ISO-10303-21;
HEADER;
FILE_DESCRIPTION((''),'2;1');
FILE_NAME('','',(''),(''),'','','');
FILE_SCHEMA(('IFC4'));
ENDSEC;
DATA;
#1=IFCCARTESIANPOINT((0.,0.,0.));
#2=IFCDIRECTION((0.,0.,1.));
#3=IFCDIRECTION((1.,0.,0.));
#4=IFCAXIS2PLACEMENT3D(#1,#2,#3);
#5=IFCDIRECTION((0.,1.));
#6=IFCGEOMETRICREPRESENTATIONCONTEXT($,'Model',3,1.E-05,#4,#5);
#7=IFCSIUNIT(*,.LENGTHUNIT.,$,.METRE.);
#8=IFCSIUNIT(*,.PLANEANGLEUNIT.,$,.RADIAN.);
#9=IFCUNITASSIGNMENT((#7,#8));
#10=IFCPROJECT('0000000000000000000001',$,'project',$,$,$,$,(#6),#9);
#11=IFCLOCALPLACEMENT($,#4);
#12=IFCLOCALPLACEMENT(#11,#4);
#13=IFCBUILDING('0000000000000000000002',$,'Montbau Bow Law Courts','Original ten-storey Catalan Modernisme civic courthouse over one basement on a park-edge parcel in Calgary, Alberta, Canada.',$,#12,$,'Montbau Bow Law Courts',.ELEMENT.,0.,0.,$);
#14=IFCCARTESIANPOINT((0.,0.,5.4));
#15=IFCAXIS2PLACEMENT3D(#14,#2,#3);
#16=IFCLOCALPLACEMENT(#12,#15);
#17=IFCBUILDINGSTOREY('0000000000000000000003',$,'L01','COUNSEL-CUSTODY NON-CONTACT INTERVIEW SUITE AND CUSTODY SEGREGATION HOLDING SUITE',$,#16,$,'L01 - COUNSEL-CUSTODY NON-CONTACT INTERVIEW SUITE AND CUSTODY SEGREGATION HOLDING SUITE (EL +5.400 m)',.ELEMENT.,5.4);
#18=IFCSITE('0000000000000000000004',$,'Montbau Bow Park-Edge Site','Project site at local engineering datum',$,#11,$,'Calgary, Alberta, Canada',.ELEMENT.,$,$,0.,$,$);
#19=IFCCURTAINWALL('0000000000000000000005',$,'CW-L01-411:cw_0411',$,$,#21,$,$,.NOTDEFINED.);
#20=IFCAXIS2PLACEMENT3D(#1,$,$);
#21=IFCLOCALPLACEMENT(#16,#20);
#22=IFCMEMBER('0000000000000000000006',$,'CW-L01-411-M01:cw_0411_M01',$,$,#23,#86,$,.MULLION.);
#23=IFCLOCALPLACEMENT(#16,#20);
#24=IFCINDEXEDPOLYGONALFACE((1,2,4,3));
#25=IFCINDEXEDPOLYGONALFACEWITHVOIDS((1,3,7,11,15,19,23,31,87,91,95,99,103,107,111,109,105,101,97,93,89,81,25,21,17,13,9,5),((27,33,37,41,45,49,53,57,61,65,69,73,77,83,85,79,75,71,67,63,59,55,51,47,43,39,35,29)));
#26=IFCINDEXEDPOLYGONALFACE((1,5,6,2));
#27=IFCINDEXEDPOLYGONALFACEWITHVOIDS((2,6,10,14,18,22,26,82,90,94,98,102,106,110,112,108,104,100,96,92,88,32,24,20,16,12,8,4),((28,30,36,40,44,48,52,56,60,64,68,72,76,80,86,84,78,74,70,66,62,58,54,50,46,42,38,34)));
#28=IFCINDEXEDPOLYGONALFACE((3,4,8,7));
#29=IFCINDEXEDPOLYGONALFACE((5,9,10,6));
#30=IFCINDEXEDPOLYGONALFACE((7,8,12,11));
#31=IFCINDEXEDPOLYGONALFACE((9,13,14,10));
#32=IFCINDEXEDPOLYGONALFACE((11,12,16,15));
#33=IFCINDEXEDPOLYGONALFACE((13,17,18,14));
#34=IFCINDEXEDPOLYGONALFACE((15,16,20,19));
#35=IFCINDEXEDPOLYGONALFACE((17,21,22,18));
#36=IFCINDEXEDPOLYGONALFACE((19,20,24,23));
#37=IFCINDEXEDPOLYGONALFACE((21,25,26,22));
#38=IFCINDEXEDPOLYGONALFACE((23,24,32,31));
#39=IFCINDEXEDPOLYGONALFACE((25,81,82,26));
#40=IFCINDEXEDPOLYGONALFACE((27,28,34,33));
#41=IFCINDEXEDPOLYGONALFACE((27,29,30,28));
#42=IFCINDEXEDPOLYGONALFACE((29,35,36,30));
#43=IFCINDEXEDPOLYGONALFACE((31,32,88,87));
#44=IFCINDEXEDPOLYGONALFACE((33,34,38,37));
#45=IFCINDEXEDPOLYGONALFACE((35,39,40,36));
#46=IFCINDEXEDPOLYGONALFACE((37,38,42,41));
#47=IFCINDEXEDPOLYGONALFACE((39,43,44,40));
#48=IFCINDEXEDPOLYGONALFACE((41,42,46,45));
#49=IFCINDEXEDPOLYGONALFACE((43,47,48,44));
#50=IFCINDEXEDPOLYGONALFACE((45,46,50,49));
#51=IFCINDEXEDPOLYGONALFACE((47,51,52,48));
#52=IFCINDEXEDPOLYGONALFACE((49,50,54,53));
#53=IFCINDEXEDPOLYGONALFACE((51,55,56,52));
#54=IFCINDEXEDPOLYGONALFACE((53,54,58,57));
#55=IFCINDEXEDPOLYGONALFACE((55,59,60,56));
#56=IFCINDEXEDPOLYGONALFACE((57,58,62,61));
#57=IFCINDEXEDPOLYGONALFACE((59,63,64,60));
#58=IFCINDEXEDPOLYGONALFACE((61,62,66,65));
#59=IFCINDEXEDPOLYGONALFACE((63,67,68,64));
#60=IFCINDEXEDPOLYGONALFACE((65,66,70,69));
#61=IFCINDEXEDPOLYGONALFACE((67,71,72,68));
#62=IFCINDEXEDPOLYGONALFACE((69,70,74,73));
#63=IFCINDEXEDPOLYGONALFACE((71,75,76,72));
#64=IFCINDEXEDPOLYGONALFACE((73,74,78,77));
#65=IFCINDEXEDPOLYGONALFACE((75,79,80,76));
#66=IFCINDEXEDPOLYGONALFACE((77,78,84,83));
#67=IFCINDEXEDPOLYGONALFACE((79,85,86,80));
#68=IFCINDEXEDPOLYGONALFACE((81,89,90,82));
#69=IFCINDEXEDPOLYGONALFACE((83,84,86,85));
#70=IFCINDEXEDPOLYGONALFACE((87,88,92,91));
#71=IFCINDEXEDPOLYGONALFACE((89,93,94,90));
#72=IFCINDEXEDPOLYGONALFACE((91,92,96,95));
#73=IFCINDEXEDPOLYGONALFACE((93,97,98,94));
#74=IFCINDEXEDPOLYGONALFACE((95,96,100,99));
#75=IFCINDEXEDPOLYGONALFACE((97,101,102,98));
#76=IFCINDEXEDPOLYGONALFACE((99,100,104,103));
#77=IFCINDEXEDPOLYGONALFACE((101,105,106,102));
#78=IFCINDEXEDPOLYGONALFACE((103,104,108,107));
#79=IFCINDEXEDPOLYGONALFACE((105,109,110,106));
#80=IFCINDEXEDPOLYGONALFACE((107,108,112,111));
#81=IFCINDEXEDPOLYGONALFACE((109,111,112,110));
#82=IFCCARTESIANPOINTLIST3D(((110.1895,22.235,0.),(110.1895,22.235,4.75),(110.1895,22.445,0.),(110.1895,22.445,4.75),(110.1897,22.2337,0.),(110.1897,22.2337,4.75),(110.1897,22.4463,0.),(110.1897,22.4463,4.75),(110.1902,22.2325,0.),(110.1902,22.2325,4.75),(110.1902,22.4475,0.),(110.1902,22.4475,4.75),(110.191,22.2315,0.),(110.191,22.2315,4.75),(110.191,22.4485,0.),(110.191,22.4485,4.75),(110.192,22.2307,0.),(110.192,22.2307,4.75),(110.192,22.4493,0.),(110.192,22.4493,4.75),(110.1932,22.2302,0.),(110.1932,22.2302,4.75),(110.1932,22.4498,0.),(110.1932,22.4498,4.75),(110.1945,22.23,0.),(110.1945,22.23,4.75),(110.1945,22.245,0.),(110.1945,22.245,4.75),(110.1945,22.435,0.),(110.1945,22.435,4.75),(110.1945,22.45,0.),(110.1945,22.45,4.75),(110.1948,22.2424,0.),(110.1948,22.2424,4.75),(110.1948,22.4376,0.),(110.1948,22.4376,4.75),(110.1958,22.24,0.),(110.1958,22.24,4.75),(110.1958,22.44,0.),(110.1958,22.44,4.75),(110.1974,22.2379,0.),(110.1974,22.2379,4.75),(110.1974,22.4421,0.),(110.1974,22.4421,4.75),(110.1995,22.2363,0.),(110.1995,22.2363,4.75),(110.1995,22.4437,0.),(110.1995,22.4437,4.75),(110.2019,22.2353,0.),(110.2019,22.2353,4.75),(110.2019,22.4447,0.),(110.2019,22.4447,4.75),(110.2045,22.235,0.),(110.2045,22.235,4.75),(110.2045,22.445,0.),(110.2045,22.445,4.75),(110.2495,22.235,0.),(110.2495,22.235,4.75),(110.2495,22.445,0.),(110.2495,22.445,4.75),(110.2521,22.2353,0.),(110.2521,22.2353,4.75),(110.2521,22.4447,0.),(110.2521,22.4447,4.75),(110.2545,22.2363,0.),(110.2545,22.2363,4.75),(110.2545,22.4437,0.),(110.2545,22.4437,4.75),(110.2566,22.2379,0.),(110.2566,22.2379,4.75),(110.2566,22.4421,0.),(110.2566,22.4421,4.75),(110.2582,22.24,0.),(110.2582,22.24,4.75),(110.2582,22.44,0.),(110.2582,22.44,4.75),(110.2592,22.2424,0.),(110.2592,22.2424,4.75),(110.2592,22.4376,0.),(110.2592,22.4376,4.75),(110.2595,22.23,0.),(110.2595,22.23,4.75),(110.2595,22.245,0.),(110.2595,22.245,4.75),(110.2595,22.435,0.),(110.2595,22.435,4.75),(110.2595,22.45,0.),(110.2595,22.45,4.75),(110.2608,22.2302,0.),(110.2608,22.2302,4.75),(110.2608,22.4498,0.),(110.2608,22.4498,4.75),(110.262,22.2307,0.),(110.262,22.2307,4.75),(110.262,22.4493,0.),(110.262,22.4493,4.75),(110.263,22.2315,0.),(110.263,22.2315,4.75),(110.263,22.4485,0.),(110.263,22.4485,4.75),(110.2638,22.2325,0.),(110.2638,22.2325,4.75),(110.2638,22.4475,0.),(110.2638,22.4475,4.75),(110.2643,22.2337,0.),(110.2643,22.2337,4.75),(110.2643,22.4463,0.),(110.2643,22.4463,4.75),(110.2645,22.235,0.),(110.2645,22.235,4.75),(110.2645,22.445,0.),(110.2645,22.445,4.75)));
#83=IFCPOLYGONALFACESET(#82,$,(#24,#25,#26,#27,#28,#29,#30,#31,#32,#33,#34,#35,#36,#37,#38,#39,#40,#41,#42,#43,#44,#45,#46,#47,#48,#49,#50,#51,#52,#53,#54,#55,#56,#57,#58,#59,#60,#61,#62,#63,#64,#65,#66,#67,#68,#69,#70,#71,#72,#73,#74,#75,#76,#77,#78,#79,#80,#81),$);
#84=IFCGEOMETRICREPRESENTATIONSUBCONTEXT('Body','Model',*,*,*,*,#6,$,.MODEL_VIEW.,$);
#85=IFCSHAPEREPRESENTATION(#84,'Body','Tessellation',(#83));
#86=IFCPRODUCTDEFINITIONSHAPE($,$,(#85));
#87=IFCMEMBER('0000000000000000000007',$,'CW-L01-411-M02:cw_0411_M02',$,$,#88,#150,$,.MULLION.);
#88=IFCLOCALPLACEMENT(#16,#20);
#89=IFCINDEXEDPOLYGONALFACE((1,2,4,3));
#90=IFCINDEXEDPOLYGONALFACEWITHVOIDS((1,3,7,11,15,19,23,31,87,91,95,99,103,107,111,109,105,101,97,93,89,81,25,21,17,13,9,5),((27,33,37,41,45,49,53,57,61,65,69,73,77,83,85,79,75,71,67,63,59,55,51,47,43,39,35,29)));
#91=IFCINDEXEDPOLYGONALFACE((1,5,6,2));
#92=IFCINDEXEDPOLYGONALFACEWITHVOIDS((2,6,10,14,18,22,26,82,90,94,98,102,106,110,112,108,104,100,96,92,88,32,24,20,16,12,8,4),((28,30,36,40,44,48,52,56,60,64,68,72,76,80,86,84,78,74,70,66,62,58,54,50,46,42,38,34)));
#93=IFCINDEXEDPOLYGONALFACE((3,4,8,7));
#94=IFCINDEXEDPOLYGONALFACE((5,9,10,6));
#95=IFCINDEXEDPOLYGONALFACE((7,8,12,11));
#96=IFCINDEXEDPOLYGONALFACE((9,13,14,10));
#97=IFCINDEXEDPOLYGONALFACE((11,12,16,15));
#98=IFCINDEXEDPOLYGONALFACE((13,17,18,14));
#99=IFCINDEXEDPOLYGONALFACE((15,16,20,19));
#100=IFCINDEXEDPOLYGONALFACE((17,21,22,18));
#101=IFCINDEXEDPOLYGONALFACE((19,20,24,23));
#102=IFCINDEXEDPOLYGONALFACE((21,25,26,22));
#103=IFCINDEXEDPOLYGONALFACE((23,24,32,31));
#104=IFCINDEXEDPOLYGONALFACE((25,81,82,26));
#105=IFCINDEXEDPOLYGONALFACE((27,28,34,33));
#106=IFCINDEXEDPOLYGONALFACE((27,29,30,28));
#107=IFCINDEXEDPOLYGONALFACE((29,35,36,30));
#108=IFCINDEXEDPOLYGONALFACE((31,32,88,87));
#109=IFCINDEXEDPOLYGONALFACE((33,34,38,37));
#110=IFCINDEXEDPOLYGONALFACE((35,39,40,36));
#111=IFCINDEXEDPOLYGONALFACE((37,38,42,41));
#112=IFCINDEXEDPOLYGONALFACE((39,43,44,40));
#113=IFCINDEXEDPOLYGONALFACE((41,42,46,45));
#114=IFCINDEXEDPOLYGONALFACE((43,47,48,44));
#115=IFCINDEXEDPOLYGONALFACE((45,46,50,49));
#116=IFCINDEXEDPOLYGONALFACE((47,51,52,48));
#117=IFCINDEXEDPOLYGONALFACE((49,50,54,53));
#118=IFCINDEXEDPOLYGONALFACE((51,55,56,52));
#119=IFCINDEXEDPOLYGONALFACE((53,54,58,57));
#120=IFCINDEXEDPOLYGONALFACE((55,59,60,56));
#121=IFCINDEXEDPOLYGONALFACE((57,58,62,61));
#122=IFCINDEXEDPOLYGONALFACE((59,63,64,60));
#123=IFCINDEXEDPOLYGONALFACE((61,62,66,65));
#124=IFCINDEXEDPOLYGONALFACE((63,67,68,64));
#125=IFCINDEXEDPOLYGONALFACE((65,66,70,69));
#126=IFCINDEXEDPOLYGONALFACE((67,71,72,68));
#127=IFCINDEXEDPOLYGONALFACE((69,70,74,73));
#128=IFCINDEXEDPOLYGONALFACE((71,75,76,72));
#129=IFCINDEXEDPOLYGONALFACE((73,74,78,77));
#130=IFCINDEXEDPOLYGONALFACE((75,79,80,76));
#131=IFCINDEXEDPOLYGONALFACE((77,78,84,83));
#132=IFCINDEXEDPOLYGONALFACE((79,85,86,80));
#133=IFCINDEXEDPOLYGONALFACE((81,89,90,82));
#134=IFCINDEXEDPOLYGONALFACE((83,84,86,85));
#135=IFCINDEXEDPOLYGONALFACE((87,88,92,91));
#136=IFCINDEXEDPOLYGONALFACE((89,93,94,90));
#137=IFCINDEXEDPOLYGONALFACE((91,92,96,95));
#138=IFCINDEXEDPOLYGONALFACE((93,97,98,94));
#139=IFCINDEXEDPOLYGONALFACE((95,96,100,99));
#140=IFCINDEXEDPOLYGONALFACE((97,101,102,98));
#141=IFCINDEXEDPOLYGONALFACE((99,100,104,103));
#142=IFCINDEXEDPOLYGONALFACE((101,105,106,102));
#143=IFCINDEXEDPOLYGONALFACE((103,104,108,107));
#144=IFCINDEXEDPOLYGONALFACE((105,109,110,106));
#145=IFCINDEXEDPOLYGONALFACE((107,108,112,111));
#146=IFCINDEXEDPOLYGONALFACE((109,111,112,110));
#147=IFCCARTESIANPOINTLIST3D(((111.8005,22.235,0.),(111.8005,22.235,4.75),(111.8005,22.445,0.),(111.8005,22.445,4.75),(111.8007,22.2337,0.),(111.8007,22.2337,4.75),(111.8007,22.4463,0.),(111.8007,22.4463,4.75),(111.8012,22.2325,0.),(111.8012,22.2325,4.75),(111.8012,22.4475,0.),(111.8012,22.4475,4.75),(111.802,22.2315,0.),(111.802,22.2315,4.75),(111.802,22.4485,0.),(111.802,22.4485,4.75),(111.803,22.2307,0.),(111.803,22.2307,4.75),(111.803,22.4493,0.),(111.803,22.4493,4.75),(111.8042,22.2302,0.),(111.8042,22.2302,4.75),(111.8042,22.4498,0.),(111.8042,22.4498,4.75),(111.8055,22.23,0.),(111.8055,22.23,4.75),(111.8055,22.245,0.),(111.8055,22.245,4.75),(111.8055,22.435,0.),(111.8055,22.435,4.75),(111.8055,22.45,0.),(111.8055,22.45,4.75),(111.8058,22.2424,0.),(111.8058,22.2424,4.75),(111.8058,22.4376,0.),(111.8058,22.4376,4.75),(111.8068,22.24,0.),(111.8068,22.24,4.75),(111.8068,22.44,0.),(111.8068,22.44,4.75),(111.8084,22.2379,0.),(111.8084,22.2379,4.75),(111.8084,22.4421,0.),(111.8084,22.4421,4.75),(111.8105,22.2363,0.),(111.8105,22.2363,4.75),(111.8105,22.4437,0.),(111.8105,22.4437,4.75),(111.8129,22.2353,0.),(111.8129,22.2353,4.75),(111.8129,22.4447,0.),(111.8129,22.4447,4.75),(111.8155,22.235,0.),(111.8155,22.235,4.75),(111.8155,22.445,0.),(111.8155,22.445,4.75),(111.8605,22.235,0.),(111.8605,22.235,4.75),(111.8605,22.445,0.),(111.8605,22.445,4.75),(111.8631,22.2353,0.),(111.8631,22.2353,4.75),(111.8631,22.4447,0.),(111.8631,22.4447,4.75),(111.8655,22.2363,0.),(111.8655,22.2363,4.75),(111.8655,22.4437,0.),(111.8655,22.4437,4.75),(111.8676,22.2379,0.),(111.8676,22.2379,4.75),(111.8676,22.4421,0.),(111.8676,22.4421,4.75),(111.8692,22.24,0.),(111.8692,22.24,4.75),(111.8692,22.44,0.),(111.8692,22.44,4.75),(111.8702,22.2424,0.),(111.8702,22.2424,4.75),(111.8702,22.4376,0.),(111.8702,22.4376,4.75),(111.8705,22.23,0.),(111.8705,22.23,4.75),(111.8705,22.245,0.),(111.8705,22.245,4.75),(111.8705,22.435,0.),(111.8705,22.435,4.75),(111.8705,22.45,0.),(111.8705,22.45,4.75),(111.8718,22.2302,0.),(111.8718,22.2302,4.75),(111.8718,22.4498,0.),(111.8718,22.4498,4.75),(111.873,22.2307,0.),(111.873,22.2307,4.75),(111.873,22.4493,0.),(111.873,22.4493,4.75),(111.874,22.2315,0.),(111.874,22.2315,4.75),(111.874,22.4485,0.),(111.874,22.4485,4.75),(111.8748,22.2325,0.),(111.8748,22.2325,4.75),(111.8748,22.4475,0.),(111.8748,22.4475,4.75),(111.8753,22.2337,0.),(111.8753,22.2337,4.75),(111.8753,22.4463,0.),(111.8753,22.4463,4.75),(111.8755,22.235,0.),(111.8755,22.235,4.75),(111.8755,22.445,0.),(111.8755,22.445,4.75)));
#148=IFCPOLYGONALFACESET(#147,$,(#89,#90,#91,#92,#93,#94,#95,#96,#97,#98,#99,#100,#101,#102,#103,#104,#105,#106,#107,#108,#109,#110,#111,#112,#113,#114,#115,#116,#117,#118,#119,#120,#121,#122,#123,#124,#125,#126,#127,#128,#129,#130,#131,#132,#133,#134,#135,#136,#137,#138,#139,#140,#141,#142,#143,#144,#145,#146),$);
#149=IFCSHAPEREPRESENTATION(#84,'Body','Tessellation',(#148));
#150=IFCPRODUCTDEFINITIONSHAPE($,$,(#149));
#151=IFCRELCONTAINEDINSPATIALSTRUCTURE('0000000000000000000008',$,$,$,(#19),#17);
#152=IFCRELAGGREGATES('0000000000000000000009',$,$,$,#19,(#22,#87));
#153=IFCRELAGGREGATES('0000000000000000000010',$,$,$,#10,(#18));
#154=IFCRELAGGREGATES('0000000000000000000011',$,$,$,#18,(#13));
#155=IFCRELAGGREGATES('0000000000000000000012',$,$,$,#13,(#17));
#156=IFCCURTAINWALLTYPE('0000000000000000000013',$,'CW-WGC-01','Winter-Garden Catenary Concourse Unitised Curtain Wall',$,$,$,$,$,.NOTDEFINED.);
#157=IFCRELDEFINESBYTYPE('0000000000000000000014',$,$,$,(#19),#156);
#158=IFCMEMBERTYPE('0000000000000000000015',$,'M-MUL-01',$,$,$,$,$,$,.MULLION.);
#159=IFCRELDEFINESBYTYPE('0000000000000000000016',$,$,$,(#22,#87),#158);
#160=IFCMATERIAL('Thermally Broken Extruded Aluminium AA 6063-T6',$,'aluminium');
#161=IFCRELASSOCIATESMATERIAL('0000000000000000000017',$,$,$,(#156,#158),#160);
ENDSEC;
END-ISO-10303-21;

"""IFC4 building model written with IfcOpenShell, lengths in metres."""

from ifc_helpers import new_model, si_unit, direction, frame, origin_with_axes, origin_2d_with_axis, place, context, subcontext, project, spatial, hollow_rectangle, extrude, material, material_profile, profile_set, type_object, element, aggregate, save


model = new_model("IFC4")

# Units and contexts
model_context = context("Model", 3, precision=1e-05, world=origin_with_axes(), true_north=direction((0.0, 1.0)))
body_context = subcontext(model_context, "Body", "Model", "MODEL_VIEW")
ifc_project = project(units=[si_unit("LENGTHUNIT", "METRE"), si_unit("PLANEANGLEUNIT", "RADIAN")], contexts=[model_context])

# Site, building, storey
site_placement = place(None, origin_with_axes())
site = spatial("IfcSite", under=ifc_project, at=site_placement, Name="Montbau Bow Park-Edge Site", Description="Project site at local engineering datum", LongName="Calgary, Alberta, Canada", CompositionType="ELEMENT", RefElevation=0.0)
building_placement = place(site_placement, origin_with_axes())
building = spatial("IfcBuilding", under=site, at=building_placement, Name="Montbau Bow Law Courts", Description="Original ten-storey Catalan Modernisme civic courthouse over one basement on a park-edge parcel in Calgary, Alberta, Canada.", LongName="Montbau Bow Law Courts", CompositionType="ELEMENT", ElevationOfRefHeight=0.0, ElevationOfTerrain=0.0)
storey_placement = place(building_placement, frame((0.0, 0.0, 5.4), z_axis=(0.0, 0.0, 1.0), x_axis=(1.0, 0.0, 0.0)))
storey = spatial("IfcBuildingStorey", under=building, at=storey_placement, Name="L01", Description="COUNSEL-CUSTODY NON-CONTACT INTERVIEW SUITE AND CUSTODY SEGREGATION HOLDING SUITE", LongName="L01 - COUNSEL-CUSTODY NON-CONTACT INTERVIEW SUITE AND CUSTODY SEGREGATION HOLDING SUITE (EL +5.400 m)", CompositionType="ELEMENT", Elevation=5.4)

# Curtain wall, members
ifc_material_1 = material(Name="Thermally Broken Extruded Aluminium AA 6063-T6", Category="aluminium")
curtain_wall_type_1 = type_object("IfcCurtainWallType", Name="CW-WGC-01", Description="Winter-Garden Catenary Concourse Unitised Curtain Wall", PredefinedType="NOTDEFINED", material=ifc_material_1)
curtain_wall_1_placement = place(None, frame((110.19, 22.34, 5.4), z_axis=(0.0, 0.0, 1.0), x_axis=(1.0, 0.0, 0.0)))
curtain_wall_1 = element("IfcCurtainWall", 1, at=curtain_wall_1_placement, inside=storey, type_object=curtain_wall_type_1, Name="CW-L01-411:cw_0411", PredefinedType="NOTDEFINED")
ifc_material_profile_1 = material_profile(ifc_material_1, hollow_rectangle(XDim=0.075, YDim=0.22, WallThickness=0.005, InnerFilletRadius=0.01, OuterFilletRadius=0.005, at=origin_2d_with_axis()), Name="CWM-220X75", Category="Main", Priority=0)
ifc_profile_set_1 = profile_set([ifc_material_profile_1], Name="Thermally Broken Extruded Aluminium AA 6063-T6")
member_type_1 = type_object("IfcMemberType", Name="M-MUL-01", PredefinedType="MULLION", material=ifc_profile_set_1)
member_1_placement = place(None, frame((110.227, 22.34, 5.4), z_axis=(0.0, 0.0, 1.0), x_axis=(1.0, 0.0, 0.0)))
member_1 = element("IfcMember", 2, at=member_1_placement, type_object=member_type_1, Name="CW-L01-411-M01:cw_0411_M01", PredefinedType="MULLION", context=body_context, shape_type="SweptSolid", body=[
    extrude(hollow_rectangle(XDim=0.075, YDim=0.22, WallThickness=0.005, InnerFilletRadius=0.01, OuterFilletRadius=0.005, at=origin_2d_with_axis()), origin_with_axes(), (0.0, 0.0, 1.0), 4.75),
])
member_2_placement = place(None, frame((111.838, 22.34, 5.4), z_axis=(0.0, 0.0, 1.0), x_axis=(1.0, 0.0, 0.0)))
member_2 = element("IfcMember", 3, at=member_2_placement, type_object=member_type_1, Name="CW-L01-411-M02:cw_0411_M02", PredefinedType="MULLION", context=body_context, shape_type="SweptSolid", body=[
    extrude(hollow_rectangle(XDim=0.075, YDim=0.22, WallThickness=0.005, InnerFilletRadius=0.01, OuterFilletRadius=0.005, at=origin_2d_with_axis()), origin_with_axes(), (0.0, 0.0, 1.0), 4.75),
])

aggregate(curtain_wall_1, [member_1, member_2])

save(model, "model.ifc")
